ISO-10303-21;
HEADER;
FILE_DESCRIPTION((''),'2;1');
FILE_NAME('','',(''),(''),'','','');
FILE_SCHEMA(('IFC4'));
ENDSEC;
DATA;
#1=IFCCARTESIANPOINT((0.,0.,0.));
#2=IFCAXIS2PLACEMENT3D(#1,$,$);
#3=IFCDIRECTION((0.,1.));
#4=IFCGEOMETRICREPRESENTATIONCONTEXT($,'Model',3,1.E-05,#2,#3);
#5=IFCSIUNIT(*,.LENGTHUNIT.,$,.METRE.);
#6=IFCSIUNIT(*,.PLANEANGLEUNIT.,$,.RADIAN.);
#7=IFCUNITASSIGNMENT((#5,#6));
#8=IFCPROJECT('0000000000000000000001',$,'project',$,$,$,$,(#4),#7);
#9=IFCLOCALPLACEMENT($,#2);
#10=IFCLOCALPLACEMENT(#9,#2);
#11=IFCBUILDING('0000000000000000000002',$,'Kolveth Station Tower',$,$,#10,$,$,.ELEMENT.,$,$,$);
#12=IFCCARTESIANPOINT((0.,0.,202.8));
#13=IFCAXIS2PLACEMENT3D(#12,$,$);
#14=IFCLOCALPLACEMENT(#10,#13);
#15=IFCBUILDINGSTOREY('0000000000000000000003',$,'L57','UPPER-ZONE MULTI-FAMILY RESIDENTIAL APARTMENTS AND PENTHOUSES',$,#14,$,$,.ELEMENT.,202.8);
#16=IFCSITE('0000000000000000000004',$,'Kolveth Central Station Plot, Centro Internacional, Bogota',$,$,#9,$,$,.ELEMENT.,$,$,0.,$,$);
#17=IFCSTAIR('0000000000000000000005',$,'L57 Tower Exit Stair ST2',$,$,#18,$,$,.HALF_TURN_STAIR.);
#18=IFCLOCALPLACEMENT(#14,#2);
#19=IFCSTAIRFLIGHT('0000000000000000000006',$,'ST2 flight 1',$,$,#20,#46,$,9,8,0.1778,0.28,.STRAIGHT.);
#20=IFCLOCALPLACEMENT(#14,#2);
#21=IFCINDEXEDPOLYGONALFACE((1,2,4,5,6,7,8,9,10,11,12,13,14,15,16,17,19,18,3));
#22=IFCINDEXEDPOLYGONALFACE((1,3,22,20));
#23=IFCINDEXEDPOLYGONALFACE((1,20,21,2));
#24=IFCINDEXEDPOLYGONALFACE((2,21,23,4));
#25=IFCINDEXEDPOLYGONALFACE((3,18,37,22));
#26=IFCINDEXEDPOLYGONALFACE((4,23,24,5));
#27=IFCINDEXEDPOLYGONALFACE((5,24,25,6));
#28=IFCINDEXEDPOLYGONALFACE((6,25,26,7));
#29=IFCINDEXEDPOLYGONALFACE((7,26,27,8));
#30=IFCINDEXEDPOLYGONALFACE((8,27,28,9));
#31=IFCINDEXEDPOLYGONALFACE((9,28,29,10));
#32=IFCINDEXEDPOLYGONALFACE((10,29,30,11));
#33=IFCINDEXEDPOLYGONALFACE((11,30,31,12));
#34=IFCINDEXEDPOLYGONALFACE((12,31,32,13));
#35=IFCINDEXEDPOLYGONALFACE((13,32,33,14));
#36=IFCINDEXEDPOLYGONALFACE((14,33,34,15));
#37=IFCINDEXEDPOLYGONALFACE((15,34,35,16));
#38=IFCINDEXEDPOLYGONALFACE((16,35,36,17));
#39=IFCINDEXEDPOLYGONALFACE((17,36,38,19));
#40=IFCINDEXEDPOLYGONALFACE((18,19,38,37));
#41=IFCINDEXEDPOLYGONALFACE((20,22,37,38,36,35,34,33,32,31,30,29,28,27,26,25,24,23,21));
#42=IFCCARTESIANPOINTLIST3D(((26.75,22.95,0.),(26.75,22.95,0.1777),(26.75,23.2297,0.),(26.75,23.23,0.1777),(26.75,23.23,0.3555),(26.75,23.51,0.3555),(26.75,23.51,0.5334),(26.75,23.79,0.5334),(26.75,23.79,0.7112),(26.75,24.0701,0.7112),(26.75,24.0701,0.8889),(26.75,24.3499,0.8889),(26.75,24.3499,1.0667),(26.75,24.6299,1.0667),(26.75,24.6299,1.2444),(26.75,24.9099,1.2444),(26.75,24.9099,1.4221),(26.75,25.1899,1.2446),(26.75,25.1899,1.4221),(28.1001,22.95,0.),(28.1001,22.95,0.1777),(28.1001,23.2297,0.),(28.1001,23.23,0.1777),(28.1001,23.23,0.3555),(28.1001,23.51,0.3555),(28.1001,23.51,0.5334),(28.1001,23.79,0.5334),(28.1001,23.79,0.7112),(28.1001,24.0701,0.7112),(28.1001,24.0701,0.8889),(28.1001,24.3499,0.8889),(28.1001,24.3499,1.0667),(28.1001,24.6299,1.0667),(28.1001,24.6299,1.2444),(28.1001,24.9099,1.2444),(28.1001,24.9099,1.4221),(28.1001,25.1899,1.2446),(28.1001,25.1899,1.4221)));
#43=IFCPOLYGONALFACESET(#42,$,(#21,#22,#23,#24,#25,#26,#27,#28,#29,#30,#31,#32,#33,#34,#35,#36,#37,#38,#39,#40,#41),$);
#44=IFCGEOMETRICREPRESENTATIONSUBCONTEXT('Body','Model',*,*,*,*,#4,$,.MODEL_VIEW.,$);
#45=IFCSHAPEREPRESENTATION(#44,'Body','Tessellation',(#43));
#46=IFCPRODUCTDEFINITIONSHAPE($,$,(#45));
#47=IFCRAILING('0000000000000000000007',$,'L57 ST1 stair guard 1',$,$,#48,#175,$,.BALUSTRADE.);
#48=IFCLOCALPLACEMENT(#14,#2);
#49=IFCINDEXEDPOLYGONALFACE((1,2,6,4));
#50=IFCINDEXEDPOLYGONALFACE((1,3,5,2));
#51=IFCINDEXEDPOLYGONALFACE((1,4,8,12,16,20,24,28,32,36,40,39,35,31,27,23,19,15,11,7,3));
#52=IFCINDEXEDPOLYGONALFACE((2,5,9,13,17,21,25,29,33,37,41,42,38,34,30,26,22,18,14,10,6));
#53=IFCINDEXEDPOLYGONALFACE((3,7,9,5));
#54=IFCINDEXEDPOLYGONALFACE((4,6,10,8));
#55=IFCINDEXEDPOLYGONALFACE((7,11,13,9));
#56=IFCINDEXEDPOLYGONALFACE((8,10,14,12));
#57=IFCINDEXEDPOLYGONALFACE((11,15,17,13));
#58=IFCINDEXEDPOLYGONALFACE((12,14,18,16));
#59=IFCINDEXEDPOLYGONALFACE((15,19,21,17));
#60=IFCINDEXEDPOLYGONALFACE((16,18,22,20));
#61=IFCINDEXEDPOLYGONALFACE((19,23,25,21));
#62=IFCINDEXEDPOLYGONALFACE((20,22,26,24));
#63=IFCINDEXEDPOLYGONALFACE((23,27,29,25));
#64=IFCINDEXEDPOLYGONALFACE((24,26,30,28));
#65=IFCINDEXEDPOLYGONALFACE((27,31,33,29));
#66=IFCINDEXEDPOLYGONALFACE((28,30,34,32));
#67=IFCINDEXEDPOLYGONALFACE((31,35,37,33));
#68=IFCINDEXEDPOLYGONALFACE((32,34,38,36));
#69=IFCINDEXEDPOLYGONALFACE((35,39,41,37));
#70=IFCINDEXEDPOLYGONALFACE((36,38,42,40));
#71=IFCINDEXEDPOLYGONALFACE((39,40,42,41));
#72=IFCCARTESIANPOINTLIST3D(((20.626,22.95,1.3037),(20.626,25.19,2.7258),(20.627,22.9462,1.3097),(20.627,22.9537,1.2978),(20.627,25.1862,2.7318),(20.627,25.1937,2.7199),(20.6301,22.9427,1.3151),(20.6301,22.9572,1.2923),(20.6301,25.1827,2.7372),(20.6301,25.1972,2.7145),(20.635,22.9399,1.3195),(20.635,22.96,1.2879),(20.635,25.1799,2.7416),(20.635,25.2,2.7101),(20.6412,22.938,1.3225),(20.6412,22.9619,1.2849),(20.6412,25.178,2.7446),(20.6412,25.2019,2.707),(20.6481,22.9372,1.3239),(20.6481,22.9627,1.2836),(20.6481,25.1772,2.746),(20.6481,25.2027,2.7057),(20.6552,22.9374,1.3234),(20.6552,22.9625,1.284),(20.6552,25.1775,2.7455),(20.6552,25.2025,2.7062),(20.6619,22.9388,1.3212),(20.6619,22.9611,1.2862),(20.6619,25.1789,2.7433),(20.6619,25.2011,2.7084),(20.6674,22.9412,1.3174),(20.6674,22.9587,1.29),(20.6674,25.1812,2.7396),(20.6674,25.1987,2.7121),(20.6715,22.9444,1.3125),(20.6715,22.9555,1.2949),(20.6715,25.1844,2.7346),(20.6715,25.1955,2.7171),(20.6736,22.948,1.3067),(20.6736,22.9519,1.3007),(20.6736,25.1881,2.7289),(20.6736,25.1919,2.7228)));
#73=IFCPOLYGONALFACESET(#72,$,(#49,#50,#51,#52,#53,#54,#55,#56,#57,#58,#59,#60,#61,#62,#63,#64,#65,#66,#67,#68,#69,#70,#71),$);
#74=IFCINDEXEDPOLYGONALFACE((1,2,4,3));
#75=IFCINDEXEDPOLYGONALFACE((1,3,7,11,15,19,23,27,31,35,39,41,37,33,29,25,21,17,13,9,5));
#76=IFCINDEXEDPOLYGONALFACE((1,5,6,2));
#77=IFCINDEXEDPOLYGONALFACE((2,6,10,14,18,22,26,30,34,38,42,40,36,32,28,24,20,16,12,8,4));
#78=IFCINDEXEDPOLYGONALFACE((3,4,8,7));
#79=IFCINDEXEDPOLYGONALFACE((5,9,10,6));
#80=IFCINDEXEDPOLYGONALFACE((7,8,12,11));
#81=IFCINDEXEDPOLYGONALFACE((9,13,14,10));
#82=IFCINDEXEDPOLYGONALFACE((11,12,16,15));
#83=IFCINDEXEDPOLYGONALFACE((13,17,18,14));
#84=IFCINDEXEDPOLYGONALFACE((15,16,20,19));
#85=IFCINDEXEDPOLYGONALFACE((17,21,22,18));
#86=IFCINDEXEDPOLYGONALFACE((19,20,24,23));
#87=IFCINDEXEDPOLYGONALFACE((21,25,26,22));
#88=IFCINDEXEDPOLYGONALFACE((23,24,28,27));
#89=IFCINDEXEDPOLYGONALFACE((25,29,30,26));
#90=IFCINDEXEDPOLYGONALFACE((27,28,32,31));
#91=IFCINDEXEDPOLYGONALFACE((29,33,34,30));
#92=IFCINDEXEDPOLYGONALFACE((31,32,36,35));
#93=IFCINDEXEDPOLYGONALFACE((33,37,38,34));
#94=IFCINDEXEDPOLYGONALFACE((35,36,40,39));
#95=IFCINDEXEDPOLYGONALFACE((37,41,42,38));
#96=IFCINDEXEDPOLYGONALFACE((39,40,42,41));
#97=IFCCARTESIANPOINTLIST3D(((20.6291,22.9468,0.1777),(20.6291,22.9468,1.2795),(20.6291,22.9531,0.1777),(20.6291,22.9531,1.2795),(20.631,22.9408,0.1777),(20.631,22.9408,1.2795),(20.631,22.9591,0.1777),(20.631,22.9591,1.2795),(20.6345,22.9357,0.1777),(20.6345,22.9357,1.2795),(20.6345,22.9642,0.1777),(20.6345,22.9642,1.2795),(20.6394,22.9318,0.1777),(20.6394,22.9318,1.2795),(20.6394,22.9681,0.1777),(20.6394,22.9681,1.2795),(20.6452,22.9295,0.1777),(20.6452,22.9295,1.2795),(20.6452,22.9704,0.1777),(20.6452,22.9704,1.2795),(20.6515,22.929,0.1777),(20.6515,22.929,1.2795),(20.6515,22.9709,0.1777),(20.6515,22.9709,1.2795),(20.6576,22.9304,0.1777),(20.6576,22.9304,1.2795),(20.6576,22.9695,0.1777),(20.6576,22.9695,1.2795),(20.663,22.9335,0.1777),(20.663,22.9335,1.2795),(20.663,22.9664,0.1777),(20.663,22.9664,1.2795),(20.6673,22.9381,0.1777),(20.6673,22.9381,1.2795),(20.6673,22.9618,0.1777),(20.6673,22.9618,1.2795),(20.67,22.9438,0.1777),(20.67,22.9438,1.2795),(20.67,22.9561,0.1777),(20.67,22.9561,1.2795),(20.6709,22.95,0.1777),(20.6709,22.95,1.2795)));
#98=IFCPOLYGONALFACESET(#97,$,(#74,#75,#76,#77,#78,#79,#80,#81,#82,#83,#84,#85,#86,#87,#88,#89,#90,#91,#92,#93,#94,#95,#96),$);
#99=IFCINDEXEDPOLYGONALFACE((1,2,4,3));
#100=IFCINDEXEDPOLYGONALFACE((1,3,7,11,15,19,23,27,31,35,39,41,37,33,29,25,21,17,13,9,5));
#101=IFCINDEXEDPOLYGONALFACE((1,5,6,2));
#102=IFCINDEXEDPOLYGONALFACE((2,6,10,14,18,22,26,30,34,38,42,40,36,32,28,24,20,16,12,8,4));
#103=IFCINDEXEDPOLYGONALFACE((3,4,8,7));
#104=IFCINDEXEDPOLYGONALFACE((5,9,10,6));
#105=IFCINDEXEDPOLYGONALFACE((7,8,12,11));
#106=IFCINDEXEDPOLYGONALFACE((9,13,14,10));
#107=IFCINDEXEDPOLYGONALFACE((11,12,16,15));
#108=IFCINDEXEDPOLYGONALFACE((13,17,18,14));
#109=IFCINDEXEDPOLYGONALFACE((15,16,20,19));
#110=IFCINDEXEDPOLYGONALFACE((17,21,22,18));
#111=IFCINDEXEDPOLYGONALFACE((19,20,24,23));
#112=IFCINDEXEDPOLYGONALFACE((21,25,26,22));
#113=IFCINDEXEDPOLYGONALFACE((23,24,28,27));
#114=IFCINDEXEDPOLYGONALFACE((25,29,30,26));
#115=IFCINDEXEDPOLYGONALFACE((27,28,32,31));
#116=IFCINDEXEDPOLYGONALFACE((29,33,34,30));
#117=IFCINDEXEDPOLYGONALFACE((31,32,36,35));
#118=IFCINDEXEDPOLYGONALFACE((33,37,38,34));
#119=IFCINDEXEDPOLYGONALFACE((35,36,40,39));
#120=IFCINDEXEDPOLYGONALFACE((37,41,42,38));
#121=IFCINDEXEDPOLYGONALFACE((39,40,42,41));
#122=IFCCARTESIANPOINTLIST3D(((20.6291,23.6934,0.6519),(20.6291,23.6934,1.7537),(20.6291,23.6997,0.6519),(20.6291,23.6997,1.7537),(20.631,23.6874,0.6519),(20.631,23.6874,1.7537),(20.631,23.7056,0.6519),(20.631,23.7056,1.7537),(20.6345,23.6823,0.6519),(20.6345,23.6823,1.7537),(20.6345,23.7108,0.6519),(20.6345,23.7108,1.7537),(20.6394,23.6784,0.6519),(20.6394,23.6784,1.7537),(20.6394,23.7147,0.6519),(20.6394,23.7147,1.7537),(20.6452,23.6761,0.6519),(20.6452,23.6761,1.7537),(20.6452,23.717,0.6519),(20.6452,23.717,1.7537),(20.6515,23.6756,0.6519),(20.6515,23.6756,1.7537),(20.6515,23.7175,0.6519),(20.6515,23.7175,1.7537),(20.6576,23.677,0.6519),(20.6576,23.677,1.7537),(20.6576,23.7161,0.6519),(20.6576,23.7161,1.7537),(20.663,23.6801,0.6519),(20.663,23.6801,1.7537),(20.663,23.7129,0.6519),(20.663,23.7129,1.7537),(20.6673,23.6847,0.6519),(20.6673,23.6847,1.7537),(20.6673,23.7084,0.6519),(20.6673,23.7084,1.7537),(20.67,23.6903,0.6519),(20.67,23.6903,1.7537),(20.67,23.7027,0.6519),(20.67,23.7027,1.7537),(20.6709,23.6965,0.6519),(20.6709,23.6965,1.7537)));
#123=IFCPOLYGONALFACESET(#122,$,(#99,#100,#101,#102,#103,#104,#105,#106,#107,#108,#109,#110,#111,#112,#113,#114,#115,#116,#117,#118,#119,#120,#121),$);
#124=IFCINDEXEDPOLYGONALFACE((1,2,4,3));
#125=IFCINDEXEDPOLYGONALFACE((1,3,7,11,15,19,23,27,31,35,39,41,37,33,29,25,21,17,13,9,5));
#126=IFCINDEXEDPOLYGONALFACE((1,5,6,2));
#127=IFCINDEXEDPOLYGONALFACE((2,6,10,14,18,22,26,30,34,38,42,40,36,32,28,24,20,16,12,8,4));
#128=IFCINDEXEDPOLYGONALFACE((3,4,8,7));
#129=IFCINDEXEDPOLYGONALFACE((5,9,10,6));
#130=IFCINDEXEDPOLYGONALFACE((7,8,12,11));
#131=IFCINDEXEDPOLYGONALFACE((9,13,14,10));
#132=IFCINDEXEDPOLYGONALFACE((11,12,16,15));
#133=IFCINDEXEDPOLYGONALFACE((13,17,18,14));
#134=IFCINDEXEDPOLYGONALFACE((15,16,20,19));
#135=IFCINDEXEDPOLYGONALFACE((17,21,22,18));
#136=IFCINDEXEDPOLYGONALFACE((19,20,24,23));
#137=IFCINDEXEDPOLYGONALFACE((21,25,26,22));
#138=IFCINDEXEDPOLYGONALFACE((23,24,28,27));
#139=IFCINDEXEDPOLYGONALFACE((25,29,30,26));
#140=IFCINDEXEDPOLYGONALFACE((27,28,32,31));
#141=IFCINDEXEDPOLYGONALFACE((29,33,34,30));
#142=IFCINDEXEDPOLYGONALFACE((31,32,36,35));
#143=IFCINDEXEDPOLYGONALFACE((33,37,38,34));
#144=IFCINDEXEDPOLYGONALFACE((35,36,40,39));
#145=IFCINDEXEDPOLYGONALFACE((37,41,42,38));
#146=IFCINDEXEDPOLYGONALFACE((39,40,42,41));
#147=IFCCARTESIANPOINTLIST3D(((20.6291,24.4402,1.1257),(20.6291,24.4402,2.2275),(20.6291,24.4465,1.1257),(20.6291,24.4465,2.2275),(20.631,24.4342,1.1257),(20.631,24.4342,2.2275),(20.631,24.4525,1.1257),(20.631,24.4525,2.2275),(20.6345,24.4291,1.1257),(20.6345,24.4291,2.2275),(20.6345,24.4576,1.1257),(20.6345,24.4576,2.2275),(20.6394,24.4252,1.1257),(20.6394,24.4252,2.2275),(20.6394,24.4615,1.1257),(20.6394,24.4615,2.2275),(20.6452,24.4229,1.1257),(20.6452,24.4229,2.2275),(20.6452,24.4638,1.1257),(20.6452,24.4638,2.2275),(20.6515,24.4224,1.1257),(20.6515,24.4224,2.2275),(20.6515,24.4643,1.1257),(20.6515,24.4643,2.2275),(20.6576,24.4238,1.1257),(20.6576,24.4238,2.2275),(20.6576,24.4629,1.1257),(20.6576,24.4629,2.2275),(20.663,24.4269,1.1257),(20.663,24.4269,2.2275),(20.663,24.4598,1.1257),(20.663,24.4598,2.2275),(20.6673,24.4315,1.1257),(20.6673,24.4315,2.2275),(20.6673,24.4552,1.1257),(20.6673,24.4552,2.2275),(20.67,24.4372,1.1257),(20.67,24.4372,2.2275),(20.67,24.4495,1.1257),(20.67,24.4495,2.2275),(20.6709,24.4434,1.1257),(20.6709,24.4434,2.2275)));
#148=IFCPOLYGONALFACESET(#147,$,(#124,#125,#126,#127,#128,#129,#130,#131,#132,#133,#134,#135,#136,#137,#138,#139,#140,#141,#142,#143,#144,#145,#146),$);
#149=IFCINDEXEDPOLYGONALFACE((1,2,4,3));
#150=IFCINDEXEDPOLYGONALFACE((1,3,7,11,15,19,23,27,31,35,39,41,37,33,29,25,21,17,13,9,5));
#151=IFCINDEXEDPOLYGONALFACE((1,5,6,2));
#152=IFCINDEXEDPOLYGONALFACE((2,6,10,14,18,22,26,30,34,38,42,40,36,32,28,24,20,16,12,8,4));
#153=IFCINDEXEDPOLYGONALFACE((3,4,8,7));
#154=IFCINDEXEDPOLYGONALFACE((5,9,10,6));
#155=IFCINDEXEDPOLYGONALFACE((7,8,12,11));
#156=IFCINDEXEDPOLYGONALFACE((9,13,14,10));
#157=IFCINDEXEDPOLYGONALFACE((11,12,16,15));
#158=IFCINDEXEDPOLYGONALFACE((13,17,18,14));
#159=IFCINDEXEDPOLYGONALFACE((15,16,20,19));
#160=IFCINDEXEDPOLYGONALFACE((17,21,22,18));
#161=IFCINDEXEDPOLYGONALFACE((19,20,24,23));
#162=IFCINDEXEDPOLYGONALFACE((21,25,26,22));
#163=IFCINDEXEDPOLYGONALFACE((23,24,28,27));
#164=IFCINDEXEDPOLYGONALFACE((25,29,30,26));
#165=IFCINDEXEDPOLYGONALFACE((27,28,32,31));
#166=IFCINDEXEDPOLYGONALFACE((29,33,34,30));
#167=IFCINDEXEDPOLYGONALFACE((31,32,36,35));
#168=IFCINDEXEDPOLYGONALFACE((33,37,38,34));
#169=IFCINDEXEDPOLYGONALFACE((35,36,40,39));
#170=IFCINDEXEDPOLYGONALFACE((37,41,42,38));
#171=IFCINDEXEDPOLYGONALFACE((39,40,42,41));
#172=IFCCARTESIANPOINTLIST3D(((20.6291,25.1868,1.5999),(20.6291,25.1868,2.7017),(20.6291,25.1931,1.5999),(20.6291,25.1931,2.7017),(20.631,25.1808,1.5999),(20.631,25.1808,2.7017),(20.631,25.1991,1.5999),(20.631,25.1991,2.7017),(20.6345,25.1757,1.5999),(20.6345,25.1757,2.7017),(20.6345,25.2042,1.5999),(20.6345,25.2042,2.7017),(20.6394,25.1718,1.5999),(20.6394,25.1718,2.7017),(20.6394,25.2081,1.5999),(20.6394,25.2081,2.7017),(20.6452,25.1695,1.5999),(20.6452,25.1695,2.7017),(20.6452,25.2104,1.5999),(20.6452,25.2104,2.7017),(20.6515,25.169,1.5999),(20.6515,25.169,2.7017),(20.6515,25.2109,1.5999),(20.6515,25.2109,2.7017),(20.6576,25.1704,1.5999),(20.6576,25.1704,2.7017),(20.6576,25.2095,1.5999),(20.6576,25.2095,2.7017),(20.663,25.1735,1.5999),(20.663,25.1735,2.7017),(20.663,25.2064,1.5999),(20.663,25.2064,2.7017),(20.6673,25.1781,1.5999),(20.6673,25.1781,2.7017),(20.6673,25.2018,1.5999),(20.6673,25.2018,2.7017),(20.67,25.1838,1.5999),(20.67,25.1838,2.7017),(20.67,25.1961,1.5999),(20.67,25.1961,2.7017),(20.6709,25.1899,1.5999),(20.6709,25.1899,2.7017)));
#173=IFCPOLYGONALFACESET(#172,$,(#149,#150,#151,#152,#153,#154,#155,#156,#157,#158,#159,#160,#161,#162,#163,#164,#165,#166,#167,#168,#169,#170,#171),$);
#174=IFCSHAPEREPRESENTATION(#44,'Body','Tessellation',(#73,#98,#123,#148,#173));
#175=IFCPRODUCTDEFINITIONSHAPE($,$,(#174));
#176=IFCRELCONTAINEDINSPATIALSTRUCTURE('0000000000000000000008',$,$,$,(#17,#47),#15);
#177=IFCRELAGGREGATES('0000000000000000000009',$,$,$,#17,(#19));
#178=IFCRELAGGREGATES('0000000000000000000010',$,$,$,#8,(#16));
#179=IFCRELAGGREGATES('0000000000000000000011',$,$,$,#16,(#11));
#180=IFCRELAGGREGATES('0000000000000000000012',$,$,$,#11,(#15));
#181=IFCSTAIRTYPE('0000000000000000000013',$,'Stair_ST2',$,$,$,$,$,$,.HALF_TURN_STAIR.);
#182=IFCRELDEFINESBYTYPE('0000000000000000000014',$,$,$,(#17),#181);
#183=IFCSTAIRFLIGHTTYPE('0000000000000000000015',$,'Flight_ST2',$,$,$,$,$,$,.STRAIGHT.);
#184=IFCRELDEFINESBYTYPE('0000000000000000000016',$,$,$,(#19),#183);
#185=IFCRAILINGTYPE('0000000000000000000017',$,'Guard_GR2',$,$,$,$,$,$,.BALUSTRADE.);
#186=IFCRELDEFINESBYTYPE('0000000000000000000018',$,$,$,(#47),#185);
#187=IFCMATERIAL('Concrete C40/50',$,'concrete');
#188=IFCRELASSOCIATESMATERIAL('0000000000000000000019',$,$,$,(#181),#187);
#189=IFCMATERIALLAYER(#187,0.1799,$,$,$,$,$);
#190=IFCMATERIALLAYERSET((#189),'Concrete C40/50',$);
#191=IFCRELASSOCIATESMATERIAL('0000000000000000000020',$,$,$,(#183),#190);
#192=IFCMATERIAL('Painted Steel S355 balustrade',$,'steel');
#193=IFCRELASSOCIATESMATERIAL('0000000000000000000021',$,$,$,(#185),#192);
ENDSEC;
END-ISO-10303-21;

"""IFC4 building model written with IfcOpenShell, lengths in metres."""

from ifc_helpers import new_model, si_unit, direction, frame, origin, origin_2d, place, context, subcontext, project, spatial, polyline, circle, outline, extrude, material, layer, layer_set, type_object, element, aggregate, save


model = new_model("IFC4")

# Units and contexts
model_context = context("Model", 3, precision=1e-05, world=origin(), true_north=direction((0.0, 1.0)))
body_context = subcontext(model_context, "Body", "Model", "MODEL_VIEW")
ifc_project = project(units=[si_unit("LENGTHUNIT", "METRE"), si_unit("PLANEANGLEUNIT", "RADIAN")], contexts=[model_context])

# Site, building, storey
site_placement = place(None, origin())
site = spatial("IfcSite", under=ifc_project, at=site_placement, Name="Kolveth Central Station Plot, Centro Internacional, Bogota", CompositionType="ELEMENT", RefElevation=0.0)
building_placement = place(site_placement, origin())
building = spatial("IfcBuilding", under=site, at=building_placement, Name="Kolveth Station Tower", CompositionType="ELEMENT")
storey_placement = place(building_placement, frame((0.0, 0.0, 202.8)))
storey = spatial("IfcBuildingStorey", under=building, at=storey_placement, Name="L57", Description="UPPER-ZONE MULTI-FAMILY RESIDENTIAL APARTMENTS AND PENTHOUSES", CompositionType="ELEMENT", Elevation=202.8)

# Shared definitions
ifc_material_1 = material(Name="Concrete C40/50", Category="concrete")

# Stair, stair flight
stair_type_1 = type_object("IfcStairType", Name="Stair_ST2", PredefinedType="HALF_TURN_STAIR", material=ifc_material_1)
stair_1_placement = place(storey_placement, origin())
stair_1 = element("IfcStair", 1, at=stair_1_placement, inside=storey, type_object=stair_type_1, Name="L57 Tower Exit Stair ST2", PredefinedType="HALF_TURN_STAIR")
ifc_layer_1 = layer(ifc_material_1, 0.1799)
ifc_layer_set_1 = layer_set([ifc_layer_1], Name="Concrete C40/50")
stair_flight_type_1 = type_object("IfcStairFlightType", Name="Flight_ST2", PredefinedType="STRAIGHT", material=ifc_layer_set_1)
stair_flight_1_placement = place(storey_placement, frame((27.425, 22.95, 0.0), z_axis=(0.0, 0.0, 1.0), x_axis=(0.0, 1.0, 0.0)))
stair_flight_1 = element("IfcStairFlight", 2, at=stair_flight_1_placement, type_object=stair_flight_type_1, Name="ST2 flight 1", NumberOfRisers=9, NumberOfTreads=8, PredefinedType="STRAIGHT", RiserHeight=0.1778, TreadLength=0.28, context=body_context, shape_type="SweptSolid", body=[
    extrude(outline(polyline([(0.0, 0.0), (0.0, 0.1777), (0.28, 0.1777), (0.28, 0.3555), (0.5601, 0.3555), (0.5601, 0.5334), (0.8401, 0.5334), (0.8401, 0.7112), (1.1201, 0.7112), (1.1201, 0.8889), (1.3999, 0.8889), (1.3999, 1.0667), (1.6799, 1.0667), (1.6799, 1.2444), (1.96, 1.2444), (1.96, 1.4221), (2.24, 1.4221), (2.24, 1.6001), (2.24, 1.2446), (0.2798, 0.0), (0.0, 0.0)])), frame((0.0, 0.675, 0.0), z_axis=(0.0, -1.0, 0.0), x_axis=(1.0, 0.0, 0.0)), (0.0, 0.0, 1.0), 1.3501),
])
aggregate(stair_1, [stair_flight_1])

# Railing
ifc_material_2 = material(Name="Painted Steel S355 balustrade", Category="steel")
railing_type_1 = type_object("IfcRailingType", Name="Guard_GR2", PredefinedType="BALUSTRADE", material=ifc_material_2)
for number, where, name in (
    (3, (20.6499, 22.95, 0.1777), "L57 ST1 stair guard 1"),
):
    element("IfcRailing", number, at=place(storey_placement, frame(where)), inside=storey, type_object=railing_type_1, Name=name, PredefinedType="BALUSTRADE", context=body_context, shape_type="SweptSolid", body=[
        extrude(circle(Radius=0.0239, at=origin_2d()), frame((0.0, 0.0, 1.126), z_axis=(0.0, 0.844229, 0.535982), x_axis=(-1.0, 0.0, 0.0)), (0.0, 0.0, 1.0), 2.6533),
        extrude(circle(Radius=0.021, at=origin_2d()), origin(), (0.0, 0.0, 1.0), 1.1018),
        extrude(circle(Radius=0.021, at=origin_2d()), frame((0.0, 0.7466, 0.4741)), (0.0, 0.0, 1.0), 1.1018),
        extrude(circle(Radius=0.021, at=origin_2d()), frame((0.0, 1.4934, 0.948)), (0.0, 0.0, 1.0), 1.1018),
        extrude(circle(Radius=0.021, at=origin_2d()), frame((0.0, 2.24, 1.4221)), (0.0, 0.0, 1.0), 1.1018),
    ])

save(model, "model.ifc")
